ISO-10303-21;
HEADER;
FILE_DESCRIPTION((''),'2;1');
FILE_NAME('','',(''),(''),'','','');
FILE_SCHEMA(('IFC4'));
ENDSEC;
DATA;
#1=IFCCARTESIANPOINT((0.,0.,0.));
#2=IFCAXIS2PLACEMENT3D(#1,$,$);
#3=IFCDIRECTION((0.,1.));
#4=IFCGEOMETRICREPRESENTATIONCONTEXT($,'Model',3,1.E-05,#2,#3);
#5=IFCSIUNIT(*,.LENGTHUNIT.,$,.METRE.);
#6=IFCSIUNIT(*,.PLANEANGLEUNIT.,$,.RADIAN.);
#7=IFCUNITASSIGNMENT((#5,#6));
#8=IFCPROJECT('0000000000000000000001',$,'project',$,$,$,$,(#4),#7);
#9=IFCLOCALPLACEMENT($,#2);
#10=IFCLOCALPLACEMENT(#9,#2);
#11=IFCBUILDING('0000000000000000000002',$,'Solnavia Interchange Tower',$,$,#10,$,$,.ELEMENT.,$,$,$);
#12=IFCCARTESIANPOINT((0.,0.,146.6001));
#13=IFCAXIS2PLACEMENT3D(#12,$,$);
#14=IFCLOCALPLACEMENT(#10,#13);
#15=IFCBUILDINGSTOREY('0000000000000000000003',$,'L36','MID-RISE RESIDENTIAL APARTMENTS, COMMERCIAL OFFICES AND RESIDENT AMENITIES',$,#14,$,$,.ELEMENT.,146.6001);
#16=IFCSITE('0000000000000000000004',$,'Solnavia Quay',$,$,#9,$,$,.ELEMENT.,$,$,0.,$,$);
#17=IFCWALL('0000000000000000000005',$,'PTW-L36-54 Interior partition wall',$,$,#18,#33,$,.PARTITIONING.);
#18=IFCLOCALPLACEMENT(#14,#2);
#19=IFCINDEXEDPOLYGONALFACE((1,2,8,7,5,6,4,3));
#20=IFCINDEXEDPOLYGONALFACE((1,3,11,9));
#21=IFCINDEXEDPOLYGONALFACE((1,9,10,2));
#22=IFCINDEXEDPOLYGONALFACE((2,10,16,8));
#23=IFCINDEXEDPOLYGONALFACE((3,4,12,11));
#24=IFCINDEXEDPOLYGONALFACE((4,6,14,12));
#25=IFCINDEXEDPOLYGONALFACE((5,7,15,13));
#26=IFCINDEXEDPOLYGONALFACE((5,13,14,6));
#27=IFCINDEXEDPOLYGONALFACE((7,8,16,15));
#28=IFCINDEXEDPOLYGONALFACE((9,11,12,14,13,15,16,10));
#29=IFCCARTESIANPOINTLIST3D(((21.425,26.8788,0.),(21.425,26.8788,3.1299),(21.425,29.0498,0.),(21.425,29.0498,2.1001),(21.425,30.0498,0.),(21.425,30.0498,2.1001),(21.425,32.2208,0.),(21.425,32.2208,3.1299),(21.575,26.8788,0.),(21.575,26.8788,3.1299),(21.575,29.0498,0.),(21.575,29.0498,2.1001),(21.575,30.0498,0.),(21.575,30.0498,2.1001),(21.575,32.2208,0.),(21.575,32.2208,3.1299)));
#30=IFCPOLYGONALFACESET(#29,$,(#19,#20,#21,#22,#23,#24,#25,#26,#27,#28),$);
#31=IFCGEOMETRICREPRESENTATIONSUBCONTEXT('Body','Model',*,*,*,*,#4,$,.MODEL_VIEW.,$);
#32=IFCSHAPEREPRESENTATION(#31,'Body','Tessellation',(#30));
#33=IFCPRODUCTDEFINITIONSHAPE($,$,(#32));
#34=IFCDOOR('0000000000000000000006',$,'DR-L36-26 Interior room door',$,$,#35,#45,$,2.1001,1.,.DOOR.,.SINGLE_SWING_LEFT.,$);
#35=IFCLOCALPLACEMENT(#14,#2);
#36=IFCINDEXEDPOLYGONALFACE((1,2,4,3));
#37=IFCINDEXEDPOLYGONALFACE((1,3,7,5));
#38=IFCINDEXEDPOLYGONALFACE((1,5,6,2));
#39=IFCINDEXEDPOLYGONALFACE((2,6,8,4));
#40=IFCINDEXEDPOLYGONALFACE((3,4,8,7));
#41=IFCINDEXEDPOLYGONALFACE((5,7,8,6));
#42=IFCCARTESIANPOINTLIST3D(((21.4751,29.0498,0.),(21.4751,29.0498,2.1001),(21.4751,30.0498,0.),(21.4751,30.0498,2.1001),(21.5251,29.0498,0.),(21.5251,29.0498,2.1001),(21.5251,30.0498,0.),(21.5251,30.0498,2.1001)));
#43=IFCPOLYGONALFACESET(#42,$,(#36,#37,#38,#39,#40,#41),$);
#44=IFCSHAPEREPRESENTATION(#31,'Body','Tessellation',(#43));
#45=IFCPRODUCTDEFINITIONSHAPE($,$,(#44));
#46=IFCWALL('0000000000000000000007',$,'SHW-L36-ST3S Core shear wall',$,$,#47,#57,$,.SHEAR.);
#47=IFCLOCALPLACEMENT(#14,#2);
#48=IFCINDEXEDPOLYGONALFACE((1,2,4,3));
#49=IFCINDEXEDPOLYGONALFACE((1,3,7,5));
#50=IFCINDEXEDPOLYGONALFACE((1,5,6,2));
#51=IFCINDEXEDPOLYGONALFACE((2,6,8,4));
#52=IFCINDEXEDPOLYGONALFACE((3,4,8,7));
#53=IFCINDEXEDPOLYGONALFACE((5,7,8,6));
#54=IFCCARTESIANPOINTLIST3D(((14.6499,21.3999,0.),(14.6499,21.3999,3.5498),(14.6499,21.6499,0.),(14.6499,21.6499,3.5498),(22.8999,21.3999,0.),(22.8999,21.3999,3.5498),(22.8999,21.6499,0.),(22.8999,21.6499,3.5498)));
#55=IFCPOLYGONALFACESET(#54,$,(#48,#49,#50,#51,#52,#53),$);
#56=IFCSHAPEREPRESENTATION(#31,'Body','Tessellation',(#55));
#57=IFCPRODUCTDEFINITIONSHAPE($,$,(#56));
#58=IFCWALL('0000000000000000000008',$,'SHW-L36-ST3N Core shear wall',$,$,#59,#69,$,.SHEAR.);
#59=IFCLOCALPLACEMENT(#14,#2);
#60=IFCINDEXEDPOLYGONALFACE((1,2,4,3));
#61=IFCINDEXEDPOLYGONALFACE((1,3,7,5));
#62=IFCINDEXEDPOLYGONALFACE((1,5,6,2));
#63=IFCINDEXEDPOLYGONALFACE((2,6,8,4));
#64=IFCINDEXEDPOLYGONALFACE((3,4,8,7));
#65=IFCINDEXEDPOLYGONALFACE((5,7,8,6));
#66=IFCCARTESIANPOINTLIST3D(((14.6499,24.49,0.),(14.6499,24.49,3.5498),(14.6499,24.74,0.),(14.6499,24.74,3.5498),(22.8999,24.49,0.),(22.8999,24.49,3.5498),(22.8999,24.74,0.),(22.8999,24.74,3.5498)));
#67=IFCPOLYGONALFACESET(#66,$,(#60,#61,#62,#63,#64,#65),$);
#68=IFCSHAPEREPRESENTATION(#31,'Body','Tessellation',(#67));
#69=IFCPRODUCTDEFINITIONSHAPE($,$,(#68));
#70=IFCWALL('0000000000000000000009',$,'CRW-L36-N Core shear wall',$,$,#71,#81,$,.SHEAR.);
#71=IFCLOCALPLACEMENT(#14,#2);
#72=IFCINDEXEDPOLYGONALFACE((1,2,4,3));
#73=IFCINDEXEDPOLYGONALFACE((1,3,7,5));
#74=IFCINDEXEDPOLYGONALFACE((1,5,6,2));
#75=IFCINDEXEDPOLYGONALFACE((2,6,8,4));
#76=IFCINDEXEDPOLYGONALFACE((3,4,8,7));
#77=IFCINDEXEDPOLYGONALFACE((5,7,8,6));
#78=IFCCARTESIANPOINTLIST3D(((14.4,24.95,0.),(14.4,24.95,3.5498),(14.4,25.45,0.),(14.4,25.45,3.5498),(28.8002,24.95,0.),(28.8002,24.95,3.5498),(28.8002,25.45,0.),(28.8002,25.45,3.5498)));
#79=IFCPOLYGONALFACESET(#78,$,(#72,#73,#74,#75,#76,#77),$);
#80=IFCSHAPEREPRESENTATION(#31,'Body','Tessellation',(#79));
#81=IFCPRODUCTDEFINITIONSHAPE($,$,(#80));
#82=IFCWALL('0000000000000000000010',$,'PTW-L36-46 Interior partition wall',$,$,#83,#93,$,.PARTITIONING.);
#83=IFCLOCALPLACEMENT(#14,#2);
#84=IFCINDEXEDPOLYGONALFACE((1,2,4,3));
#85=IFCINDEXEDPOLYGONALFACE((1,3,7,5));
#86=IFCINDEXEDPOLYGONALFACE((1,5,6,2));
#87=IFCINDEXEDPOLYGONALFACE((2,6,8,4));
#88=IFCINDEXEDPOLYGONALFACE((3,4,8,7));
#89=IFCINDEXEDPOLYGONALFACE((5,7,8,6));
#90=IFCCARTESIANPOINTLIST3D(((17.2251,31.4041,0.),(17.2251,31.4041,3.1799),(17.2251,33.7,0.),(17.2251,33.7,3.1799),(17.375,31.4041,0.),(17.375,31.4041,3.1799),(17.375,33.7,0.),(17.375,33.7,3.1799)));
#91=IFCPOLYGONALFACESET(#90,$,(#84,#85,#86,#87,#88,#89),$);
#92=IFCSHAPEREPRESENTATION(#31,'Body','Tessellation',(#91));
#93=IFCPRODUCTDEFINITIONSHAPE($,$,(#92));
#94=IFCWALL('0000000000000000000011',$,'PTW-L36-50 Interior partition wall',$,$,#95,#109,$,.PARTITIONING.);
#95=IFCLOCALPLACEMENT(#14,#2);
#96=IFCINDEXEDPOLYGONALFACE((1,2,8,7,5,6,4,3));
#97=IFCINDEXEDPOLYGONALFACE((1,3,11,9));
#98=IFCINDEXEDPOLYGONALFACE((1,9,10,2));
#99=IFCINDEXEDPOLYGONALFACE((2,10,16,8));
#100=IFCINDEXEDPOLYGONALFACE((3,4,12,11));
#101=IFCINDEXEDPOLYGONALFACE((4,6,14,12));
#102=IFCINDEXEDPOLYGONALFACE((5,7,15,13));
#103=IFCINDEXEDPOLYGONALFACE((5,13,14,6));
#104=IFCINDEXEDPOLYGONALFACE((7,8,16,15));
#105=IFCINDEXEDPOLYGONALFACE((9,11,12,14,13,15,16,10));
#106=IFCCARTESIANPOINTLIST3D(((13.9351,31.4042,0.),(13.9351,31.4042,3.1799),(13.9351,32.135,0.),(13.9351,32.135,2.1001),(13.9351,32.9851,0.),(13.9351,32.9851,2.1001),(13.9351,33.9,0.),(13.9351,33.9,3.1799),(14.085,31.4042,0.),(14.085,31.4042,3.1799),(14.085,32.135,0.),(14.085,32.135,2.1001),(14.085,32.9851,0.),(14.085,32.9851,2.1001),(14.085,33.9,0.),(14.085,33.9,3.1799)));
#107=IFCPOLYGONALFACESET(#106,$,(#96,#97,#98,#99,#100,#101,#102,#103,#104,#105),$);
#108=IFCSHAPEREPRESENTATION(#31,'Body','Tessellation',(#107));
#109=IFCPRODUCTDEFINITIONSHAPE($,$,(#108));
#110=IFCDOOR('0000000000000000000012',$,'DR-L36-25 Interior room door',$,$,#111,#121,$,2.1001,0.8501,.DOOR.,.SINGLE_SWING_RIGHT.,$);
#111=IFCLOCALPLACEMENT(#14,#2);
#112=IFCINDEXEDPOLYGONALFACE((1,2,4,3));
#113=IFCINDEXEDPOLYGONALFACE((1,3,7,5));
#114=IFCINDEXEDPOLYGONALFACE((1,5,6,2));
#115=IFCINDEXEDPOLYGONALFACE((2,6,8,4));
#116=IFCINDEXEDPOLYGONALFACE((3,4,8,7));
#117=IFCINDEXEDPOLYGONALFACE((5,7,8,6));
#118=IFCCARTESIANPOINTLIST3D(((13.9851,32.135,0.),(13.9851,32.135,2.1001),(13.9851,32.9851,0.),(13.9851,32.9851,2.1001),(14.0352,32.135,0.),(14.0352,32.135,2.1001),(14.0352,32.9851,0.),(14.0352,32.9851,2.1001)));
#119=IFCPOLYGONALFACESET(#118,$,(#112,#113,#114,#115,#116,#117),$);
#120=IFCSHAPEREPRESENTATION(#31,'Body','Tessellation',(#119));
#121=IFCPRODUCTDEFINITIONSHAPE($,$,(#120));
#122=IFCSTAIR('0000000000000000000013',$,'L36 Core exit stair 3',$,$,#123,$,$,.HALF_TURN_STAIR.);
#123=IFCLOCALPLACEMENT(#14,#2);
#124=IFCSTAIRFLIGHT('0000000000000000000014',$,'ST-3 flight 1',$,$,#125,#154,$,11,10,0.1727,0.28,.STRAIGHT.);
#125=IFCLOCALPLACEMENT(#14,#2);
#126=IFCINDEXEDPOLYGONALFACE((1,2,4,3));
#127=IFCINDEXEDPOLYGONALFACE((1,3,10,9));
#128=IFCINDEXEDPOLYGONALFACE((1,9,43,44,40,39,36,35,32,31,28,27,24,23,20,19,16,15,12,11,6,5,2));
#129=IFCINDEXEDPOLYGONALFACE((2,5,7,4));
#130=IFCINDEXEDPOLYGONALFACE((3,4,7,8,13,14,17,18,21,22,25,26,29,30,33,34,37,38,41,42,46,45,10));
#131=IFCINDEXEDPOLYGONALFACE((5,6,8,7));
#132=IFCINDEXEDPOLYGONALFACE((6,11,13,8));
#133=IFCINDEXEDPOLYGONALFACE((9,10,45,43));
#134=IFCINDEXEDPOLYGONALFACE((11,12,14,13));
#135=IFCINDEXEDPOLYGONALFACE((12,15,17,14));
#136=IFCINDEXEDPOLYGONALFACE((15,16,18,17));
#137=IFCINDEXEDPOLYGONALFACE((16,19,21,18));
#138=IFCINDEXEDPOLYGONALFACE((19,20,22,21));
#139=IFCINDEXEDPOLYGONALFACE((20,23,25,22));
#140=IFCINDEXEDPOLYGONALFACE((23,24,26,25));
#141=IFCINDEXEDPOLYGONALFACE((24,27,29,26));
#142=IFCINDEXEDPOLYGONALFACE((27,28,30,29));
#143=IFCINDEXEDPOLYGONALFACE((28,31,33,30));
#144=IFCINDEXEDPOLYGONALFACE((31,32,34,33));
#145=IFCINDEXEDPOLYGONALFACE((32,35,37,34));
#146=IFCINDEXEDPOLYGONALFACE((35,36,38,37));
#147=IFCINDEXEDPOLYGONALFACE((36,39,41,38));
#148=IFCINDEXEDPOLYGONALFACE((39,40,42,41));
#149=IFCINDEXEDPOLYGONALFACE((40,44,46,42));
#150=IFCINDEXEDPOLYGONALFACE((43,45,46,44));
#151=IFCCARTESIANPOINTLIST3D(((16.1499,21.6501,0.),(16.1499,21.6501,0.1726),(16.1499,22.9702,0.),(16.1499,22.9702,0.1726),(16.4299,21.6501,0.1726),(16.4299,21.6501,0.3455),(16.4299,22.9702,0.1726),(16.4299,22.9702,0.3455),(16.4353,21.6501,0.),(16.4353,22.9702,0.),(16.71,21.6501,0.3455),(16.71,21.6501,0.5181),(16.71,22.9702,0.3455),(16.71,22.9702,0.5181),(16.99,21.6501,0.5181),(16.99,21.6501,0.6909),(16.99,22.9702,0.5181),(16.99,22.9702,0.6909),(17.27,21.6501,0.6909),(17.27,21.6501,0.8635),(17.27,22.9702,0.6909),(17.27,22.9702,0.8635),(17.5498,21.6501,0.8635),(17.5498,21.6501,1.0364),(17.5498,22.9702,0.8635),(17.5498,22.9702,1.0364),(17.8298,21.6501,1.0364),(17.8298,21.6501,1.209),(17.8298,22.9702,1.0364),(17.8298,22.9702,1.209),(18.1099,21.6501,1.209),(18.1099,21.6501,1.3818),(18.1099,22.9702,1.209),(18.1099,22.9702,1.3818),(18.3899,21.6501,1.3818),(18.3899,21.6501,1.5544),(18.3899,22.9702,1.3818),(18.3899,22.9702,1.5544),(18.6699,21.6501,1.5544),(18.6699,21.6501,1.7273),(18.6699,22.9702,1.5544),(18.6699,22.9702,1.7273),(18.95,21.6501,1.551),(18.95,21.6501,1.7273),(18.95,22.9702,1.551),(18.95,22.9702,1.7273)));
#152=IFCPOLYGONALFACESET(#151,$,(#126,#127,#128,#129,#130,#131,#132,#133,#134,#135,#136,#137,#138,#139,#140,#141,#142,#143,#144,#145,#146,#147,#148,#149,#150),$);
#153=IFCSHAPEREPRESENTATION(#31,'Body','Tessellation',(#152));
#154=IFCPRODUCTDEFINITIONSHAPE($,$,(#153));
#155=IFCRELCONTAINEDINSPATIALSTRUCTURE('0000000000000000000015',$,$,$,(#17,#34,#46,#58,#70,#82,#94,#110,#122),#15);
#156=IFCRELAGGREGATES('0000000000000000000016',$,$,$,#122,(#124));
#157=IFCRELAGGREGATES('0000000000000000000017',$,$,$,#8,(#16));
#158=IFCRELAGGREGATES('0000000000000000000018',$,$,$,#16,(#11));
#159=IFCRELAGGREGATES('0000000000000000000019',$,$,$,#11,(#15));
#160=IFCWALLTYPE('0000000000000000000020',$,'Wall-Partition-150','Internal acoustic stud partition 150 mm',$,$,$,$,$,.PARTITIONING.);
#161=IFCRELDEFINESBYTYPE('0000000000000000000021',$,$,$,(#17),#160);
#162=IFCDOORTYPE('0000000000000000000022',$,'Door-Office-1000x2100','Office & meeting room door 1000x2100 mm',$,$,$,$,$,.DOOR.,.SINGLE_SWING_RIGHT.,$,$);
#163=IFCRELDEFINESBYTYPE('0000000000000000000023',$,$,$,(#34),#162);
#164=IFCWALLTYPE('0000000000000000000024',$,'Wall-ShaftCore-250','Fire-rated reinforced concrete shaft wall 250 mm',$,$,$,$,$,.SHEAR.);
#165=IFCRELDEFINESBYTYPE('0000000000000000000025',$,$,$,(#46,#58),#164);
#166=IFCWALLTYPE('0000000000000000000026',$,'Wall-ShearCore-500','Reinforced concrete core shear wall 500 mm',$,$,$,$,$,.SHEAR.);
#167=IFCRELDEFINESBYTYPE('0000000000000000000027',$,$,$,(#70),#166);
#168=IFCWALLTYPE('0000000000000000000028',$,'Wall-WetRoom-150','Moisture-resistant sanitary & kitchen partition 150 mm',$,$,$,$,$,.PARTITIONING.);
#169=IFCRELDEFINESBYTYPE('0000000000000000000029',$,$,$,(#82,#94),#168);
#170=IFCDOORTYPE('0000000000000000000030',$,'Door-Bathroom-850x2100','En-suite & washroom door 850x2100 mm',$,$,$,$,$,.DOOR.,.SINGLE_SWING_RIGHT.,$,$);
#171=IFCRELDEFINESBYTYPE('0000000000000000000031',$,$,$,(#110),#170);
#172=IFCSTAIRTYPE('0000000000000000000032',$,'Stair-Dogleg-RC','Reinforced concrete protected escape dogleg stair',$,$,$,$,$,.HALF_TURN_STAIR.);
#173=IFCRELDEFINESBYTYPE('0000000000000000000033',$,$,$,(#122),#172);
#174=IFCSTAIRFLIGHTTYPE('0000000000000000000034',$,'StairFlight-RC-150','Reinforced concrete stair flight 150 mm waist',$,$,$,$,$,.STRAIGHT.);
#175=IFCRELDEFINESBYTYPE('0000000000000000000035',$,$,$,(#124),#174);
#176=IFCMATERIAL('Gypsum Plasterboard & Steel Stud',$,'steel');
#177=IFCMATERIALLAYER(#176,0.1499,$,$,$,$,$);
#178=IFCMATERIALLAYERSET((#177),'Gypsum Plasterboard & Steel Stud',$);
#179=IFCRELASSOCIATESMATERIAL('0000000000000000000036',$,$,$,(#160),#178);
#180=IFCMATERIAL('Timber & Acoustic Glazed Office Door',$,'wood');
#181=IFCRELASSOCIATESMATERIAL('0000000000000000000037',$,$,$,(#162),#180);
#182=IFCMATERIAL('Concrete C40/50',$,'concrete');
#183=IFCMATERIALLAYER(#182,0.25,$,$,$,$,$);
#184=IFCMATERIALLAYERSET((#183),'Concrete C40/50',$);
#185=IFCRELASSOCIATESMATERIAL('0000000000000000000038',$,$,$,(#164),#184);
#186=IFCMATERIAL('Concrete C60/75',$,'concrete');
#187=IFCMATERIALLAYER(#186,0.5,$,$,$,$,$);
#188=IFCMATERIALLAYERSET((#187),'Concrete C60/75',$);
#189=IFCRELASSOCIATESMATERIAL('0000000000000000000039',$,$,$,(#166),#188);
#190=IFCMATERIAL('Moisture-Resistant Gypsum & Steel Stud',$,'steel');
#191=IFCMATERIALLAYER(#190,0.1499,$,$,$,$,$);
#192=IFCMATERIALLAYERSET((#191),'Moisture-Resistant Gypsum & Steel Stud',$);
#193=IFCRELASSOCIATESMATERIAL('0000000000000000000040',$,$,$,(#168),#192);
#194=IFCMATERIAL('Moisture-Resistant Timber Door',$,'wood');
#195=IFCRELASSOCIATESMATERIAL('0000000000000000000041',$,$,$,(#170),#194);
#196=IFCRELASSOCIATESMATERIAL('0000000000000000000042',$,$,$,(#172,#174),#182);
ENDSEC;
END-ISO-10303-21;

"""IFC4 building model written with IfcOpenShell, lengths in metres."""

from ifc_helpers import new_model, si_unit, direction, frame, frame_2d, origin, place, context, subcontext, project, spatial, polyline, rectangle, outline, extrude, material, layer, layer_set, type_object, element, fill, aggregate, save


model = new_model("IFC4")

# Units and contexts
model_context = context("Model", 3, precision=1e-05, world=origin(), true_north=direction((0.0, 1.0)))
body_context = subcontext(model_context, "Body", "Model", "MODEL_VIEW")
ifc_project = project(units=[si_unit("LENGTHUNIT", "METRE"), si_unit("PLANEANGLEUNIT", "RADIAN")], contexts=[model_context])

# Site, building, storey
site_placement = place(None, origin())
site = spatial("IfcSite", under=ifc_project, at=site_placement, Name="Solnavia Quay", CompositionType="ELEMENT", RefElevation=0.0)
building_placement = place(site_placement, origin())
building = spatial("IfcBuilding", under=site, at=building_placement, Name="Solnavia Interchange Tower", CompositionType="ELEMENT")
storey_placement = place(building_placement, frame((0.0, 0.0, 146.6001)))
storey = spatial("IfcBuildingStorey", under=building, at=storey_placement, Name="L36", Description="MID-RISE RESIDENTIAL APARTMENTS, COMMERCIAL OFFICES AND RESIDENT AMENITIES", CompositionType="ELEMENT", Elevation=146.6001)

# Shared definitions
ifc_material_1 = material(Name="Gypsum Plasterboard & Steel Stud", Category="steel")
ifc_layer_1 = layer(ifc_material_1, 0.1499)
ifc_layer_set_1 = layer_set([ifc_layer_1], Name="Gypsum Plasterboard & Steel Stud")
wall_type_1 = type_object("IfcWallType", Name="Wall-Partition-150", Description="Internal acoustic stud partition 150 mm", PredefinedType="PARTITIONING", material=ifc_layer_set_1)

# Shared definitions
ifc_material_2 = material(Name="Timber & Acoustic Glazed Office Door", Category="wood")
door_type_1 = type_object("IfcDoorType", Name="Door-Office-1000x2100", Description="Office & meeting room door 1000x2100 mm", OperationType="SINGLE_SWING_RIGHT", PredefinedType="DOOR", material=ifc_material_2)

# Wall, opening, door
wall_1_placement = place(storey_placement, frame((21.5, 26.8789, 0.0), z_axis=(0.0, 0.0, 1.0), x_axis=(0.0, 1.0, 0.0)))
wall_1 = element("IfcWall", 1, at=wall_1_placement, inside=storey, type_object=wall_type_1, Name="PTW-L36-54 Interior partition wall", PredefinedType="PARTITIONING", context=body_context, shape_type="SweptSolid", body=[
    extrude(rectangle(XDim=5.342, YDim=0.1499, at=frame_2d((2.6709, 0.0))), origin(), (0.0, 0.0, 1.0), 3.1299),
])
opening_1_placement = place(wall_1_placement, frame((2.1709, 0.0, 0.0)))
opening_1 = element("IfcOpeningElement", 2, at=opening_1_placement, cuts=wall_1, PredefinedType="OPENING", context=body_context, shape_type="SweptSolid", body=[
    extrude(rectangle(XDim=1.0, YDim=2.1001, at=frame_2d((0.5, 1.05))), frame((0.0, 0.085, 0.0), z_axis=(0.0, -1.0, 0.0), x_axis=(1.0, 0.0, 0.0)), (0.0, 0.0, 1.0), 0.1699),
])
door_1_placement = place(opening_1_placement, origin())
door_1 = element("IfcDoor", 3, at=door_1_placement, inside=storey, type_object=door_type_1, Name="DR-L36-26 Interior room door", OperationType="SINGLE_SWING_LEFT", OverallHeight=2.1001, OverallWidth=1.0, PredefinedType="DOOR", context=body_context, shape_type="SweptSolid", body=[
    extrude(rectangle(XDim=1.0, YDim=2.1001, at=frame_2d((0.5, 1.05))), frame((0.0, 0.0249, 0.0), z_axis=(0.0, -1.0, 0.0), x_axis=(1.0, 0.0, 0.0)), (0.0, 0.0, 1.0), 0.05),
])
fill(opening_1, door_1)

# Walls
ifc_material_3 = material(Name="Concrete C40/50", Category="concrete")
ifc_layer_2 = layer(ifc_material_3, 0.25)
ifc_layer_set_2 = layer_set([ifc_layer_2], Name="Concrete C40/50")
wall_type_2 = type_object("IfcWallType", Name="Wall-ShaftCore-250", Description="Fire-rated reinforced concrete shaft wall 250 mm", PredefinedType="SHEAR", material=ifc_layer_set_2)
for number, where, z_axis, x_axis, name in (
    (4, (14.6499, 21.5249, 0.0), (0.0, 0.0, 1.0), (1.0, 0.0, 0.0), "SHW-L36-ST3S Core shear wall"),
    (5, (14.6499, 24.615, 0.0), (0.0, 0.0, 1.0), (1.0, 0.0, 0.0), "SHW-L36-ST3N Core shear wall"),
):
    element("IfcWall", number, at=place(storey_placement, frame(where, z_axis=z_axis, x_axis=x_axis)), inside=storey, type_object=wall_type_2, Name=name, PredefinedType="SHEAR", context=body_context, shape_type="SweptSolid", body=[
        extrude(rectangle(XDim=8.25, YDim=0.25, at=frame_2d((4.125, 0.0))), origin(), (0.0, 0.0, 1.0), 3.5498),
    ])
ifc_material_4 = material(Name="Concrete C60/75", Category="concrete")
ifc_layer_3 = layer(ifc_material_4, 0.5)
ifc_layer_set_3 = layer_set([ifc_layer_3], Name="Concrete C60/75")
wall_type_3 = type_object("IfcWallType", Name="Wall-ShearCore-500", Description="Reinforced concrete core shear wall 500 mm", PredefinedType="SHEAR", material=ifc_layer_set_3)
wall_2_placement = place(storey_placement, frame((14.3999, 25.2, 0.0), z_axis=(0.0, 0.0, 1.0), x_axis=(1.0, 0.0, 0.0)))
element("IfcWall", 6, at=wall_2_placement, inside=storey, type_object=wall_type_3, Name="CRW-L36-N Core shear wall", PredefinedType="SHEAR", context=body_context, shape_type="SweptSolid", body=[
    extrude(rectangle(XDim=14.4001, YDim=0.5, at=frame_2d((7.2002, 0.0))), origin(), (0.0, 0.0, 1.0), 3.5498),
])
ifc_material_5 = material(Name="Moisture-Resistant Gypsum & Steel Stud", Category="steel")
ifc_layer_4 = layer(ifc_material_5, 0.1499)
ifc_layer_set_4 = layer_set([ifc_layer_4], Name="Moisture-Resistant Gypsum & Steel Stud")
wall_type_4 = type_object("IfcWallType", Name="Wall-WetRoom-150", Description="Moisture-resistant sanitary & kitchen partition 150 mm", PredefinedType="PARTITIONING", material=ifc_layer_set_4)
wall_3_placement = place(storey_placement, frame((17.3, 31.4041, 0.0), z_axis=(0.0, 0.0, 1.0), x_axis=(0.0, 1.0, 0.0)))
element("IfcWall", 7, at=wall_3_placement, inside=storey, type_object=wall_type_4, Name="PTW-L36-46 Interior partition wall", PredefinedType="PARTITIONING", context=body_context, shape_type="SweptSolid", body=[
    extrude(rectangle(XDim=2.2959, YDim=0.1499, at=frame_2d((1.1479, 0.0))), origin(), (0.0, 0.0, 1.0), 3.1799),
])

# Wall, opening, door
wall_4_placement = place(storey_placement, frame((14.01, 31.4041, 0.0), z_axis=(0.0, 0.0, 1.0), x_axis=(0.0, 1.0, 0.0)))
wall_4 = element("IfcWall", 8, at=wall_4_placement, inside=storey, type_object=wall_type_4, Name="PTW-L36-50 Interior partition wall", PredefinedType="PARTITIONING", context=body_context, shape_type="SweptSolid", body=[
    extrude(rectangle(XDim=2.4958, YDim=0.1499, at=frame_2d((1.248, 0.0))), origin(), (0.0, 0.0, 1.0), 3.1799),
])
opening_2_placement = place(wall_4_placement, frame((0.731, 0.0, 0.0)))
opening_2 = element("IfcOpeningElement", 9, at=opening_2_placement, cuts=wall_4, PredefinedType="OPENING", context=body_context, shape_type="SweptSolid", body=[
    extrude(rectangle(XDim=0.8501, YDim=2.1001, at=frame_2d((0.425, 1.05))), frame((0.0, 0.085, 0.0), z_axis=(0.0, -1.0, 0.0), x_axis=(1.0, 0.0, 0.0)), (0.0, 0.0, 1.0), 0.1699),
])
ifc_material_6 = material(Name="Moisture-Resistant Timber Door", Category="wood")
door_type_2 = type_object("IfcDoorType", Name="Door-Bathroom-850x2100", Description="En-suite & washroom door 850x2100 mm", OperationType="SINGLE_SWING_RIGHT", PredefinedType="DOOR", material=ifc_material_6)
door_2_placement = place(opening_2_placement, origin())
door_2 = element("IfcDoor", 10, at=door_2_placement, inside=storey, type_object=door_type_2, Name="DR-L36-25 Interior room door", OperationType="SINGLE_SWING_RIGHT", OverallHeight=2.1001, OverallWidth=0.8501, PredefinedType="DOOR", context=body_context, shape_type="SweptSolid", body=[
    extrude(rectangle(XDim=0.8501, YDim=2.1001, at=frame_2d((0.425, 1.05))), frame((0.0, 0.0249, 0.0), z_axis=(0.0, -1.0, 0.0), x_axis=(1.0, 0.0, 0.0)), (0.0, 0.0, 1.0), 0.05),
])
fill(opening_2, door_2)

# Stair, stair flight
stair_type = type_object("IfcStairType", Name="Stair-Dogleg-RC", Description="Reinforced concrete protected escape dogleg stair", PredefinedType="HALF_TURN_STAIR", material=ifc_material_3)
stair_placement = place(storey_placement, origin())
stair = element("IfcStair", 11, at=stair_placement, inside=storey, type_object=stair_type, Name="L36 Core exit stair 3", PredefinedType="HALF_TURN_STAIR")
stair_flight_type = type_object("IfcStairFlightType", Name="StairFlight-RC-150", Description="Reinforced concrete stair flight 150 mm waist", PredefinedType="STRAIGHT", material=ifc_material_3)
stair_flight_1_placement = place(storey_placement, frame((16.1499, 22.3101, 0.0), z_axis=(0.0, 0.0, 1.0), x_axis=(1.0, 0.0, 0.0)))
stair_flight_1 = element("IfcStairFlight", 12, at=stair_flight_1_placement, type_object=stair_flight_type, Name="ST-3 flight 1", NumberOfRisers=11, NumberOfTreads=10, PredefinedType="STRAIGHT", RiserHeight=0.1727, TreadLength=0.28, context=body_context, shape_type="SweptSolid", body=[
    extrude(outline(polyline([(0.0, 0.0), (0.0, 0.1726), (0.28, 0.1726), (0.28, 0.3455), (0.5601, 0.3455), (0.5601, 0.5181), (0.8401, 0.5181), (0.8401, 0.6909), (1.1201, 0.6909), (1.1201, 0.8635), (1.3999, 0.8635), (1.3999, 1.0364), (1.6799, 1.0364), (1.6799, 1.209), (1.96, 1.209), (1.96, 1.3818), (2.24, 1.3818), (2.24, 1.5544), (2.52, 1.5544), (2.52, 1.7273), (2.8, 1.7273), (2.8, 1.8999), (2.8, 1.551), (0.2854, 0.0), (0.0, 0.0)])), frame((0.0, 0.6602, 0.0), z_axis=(0.0, -1.0, 0.0), x_axis=(1.0, 0.0, 0.0)), (0.0, 0.0, 1.0), 1.3201),
])
aggregate(stair, [stair_flight_1])

save(model, "model.ifc")
